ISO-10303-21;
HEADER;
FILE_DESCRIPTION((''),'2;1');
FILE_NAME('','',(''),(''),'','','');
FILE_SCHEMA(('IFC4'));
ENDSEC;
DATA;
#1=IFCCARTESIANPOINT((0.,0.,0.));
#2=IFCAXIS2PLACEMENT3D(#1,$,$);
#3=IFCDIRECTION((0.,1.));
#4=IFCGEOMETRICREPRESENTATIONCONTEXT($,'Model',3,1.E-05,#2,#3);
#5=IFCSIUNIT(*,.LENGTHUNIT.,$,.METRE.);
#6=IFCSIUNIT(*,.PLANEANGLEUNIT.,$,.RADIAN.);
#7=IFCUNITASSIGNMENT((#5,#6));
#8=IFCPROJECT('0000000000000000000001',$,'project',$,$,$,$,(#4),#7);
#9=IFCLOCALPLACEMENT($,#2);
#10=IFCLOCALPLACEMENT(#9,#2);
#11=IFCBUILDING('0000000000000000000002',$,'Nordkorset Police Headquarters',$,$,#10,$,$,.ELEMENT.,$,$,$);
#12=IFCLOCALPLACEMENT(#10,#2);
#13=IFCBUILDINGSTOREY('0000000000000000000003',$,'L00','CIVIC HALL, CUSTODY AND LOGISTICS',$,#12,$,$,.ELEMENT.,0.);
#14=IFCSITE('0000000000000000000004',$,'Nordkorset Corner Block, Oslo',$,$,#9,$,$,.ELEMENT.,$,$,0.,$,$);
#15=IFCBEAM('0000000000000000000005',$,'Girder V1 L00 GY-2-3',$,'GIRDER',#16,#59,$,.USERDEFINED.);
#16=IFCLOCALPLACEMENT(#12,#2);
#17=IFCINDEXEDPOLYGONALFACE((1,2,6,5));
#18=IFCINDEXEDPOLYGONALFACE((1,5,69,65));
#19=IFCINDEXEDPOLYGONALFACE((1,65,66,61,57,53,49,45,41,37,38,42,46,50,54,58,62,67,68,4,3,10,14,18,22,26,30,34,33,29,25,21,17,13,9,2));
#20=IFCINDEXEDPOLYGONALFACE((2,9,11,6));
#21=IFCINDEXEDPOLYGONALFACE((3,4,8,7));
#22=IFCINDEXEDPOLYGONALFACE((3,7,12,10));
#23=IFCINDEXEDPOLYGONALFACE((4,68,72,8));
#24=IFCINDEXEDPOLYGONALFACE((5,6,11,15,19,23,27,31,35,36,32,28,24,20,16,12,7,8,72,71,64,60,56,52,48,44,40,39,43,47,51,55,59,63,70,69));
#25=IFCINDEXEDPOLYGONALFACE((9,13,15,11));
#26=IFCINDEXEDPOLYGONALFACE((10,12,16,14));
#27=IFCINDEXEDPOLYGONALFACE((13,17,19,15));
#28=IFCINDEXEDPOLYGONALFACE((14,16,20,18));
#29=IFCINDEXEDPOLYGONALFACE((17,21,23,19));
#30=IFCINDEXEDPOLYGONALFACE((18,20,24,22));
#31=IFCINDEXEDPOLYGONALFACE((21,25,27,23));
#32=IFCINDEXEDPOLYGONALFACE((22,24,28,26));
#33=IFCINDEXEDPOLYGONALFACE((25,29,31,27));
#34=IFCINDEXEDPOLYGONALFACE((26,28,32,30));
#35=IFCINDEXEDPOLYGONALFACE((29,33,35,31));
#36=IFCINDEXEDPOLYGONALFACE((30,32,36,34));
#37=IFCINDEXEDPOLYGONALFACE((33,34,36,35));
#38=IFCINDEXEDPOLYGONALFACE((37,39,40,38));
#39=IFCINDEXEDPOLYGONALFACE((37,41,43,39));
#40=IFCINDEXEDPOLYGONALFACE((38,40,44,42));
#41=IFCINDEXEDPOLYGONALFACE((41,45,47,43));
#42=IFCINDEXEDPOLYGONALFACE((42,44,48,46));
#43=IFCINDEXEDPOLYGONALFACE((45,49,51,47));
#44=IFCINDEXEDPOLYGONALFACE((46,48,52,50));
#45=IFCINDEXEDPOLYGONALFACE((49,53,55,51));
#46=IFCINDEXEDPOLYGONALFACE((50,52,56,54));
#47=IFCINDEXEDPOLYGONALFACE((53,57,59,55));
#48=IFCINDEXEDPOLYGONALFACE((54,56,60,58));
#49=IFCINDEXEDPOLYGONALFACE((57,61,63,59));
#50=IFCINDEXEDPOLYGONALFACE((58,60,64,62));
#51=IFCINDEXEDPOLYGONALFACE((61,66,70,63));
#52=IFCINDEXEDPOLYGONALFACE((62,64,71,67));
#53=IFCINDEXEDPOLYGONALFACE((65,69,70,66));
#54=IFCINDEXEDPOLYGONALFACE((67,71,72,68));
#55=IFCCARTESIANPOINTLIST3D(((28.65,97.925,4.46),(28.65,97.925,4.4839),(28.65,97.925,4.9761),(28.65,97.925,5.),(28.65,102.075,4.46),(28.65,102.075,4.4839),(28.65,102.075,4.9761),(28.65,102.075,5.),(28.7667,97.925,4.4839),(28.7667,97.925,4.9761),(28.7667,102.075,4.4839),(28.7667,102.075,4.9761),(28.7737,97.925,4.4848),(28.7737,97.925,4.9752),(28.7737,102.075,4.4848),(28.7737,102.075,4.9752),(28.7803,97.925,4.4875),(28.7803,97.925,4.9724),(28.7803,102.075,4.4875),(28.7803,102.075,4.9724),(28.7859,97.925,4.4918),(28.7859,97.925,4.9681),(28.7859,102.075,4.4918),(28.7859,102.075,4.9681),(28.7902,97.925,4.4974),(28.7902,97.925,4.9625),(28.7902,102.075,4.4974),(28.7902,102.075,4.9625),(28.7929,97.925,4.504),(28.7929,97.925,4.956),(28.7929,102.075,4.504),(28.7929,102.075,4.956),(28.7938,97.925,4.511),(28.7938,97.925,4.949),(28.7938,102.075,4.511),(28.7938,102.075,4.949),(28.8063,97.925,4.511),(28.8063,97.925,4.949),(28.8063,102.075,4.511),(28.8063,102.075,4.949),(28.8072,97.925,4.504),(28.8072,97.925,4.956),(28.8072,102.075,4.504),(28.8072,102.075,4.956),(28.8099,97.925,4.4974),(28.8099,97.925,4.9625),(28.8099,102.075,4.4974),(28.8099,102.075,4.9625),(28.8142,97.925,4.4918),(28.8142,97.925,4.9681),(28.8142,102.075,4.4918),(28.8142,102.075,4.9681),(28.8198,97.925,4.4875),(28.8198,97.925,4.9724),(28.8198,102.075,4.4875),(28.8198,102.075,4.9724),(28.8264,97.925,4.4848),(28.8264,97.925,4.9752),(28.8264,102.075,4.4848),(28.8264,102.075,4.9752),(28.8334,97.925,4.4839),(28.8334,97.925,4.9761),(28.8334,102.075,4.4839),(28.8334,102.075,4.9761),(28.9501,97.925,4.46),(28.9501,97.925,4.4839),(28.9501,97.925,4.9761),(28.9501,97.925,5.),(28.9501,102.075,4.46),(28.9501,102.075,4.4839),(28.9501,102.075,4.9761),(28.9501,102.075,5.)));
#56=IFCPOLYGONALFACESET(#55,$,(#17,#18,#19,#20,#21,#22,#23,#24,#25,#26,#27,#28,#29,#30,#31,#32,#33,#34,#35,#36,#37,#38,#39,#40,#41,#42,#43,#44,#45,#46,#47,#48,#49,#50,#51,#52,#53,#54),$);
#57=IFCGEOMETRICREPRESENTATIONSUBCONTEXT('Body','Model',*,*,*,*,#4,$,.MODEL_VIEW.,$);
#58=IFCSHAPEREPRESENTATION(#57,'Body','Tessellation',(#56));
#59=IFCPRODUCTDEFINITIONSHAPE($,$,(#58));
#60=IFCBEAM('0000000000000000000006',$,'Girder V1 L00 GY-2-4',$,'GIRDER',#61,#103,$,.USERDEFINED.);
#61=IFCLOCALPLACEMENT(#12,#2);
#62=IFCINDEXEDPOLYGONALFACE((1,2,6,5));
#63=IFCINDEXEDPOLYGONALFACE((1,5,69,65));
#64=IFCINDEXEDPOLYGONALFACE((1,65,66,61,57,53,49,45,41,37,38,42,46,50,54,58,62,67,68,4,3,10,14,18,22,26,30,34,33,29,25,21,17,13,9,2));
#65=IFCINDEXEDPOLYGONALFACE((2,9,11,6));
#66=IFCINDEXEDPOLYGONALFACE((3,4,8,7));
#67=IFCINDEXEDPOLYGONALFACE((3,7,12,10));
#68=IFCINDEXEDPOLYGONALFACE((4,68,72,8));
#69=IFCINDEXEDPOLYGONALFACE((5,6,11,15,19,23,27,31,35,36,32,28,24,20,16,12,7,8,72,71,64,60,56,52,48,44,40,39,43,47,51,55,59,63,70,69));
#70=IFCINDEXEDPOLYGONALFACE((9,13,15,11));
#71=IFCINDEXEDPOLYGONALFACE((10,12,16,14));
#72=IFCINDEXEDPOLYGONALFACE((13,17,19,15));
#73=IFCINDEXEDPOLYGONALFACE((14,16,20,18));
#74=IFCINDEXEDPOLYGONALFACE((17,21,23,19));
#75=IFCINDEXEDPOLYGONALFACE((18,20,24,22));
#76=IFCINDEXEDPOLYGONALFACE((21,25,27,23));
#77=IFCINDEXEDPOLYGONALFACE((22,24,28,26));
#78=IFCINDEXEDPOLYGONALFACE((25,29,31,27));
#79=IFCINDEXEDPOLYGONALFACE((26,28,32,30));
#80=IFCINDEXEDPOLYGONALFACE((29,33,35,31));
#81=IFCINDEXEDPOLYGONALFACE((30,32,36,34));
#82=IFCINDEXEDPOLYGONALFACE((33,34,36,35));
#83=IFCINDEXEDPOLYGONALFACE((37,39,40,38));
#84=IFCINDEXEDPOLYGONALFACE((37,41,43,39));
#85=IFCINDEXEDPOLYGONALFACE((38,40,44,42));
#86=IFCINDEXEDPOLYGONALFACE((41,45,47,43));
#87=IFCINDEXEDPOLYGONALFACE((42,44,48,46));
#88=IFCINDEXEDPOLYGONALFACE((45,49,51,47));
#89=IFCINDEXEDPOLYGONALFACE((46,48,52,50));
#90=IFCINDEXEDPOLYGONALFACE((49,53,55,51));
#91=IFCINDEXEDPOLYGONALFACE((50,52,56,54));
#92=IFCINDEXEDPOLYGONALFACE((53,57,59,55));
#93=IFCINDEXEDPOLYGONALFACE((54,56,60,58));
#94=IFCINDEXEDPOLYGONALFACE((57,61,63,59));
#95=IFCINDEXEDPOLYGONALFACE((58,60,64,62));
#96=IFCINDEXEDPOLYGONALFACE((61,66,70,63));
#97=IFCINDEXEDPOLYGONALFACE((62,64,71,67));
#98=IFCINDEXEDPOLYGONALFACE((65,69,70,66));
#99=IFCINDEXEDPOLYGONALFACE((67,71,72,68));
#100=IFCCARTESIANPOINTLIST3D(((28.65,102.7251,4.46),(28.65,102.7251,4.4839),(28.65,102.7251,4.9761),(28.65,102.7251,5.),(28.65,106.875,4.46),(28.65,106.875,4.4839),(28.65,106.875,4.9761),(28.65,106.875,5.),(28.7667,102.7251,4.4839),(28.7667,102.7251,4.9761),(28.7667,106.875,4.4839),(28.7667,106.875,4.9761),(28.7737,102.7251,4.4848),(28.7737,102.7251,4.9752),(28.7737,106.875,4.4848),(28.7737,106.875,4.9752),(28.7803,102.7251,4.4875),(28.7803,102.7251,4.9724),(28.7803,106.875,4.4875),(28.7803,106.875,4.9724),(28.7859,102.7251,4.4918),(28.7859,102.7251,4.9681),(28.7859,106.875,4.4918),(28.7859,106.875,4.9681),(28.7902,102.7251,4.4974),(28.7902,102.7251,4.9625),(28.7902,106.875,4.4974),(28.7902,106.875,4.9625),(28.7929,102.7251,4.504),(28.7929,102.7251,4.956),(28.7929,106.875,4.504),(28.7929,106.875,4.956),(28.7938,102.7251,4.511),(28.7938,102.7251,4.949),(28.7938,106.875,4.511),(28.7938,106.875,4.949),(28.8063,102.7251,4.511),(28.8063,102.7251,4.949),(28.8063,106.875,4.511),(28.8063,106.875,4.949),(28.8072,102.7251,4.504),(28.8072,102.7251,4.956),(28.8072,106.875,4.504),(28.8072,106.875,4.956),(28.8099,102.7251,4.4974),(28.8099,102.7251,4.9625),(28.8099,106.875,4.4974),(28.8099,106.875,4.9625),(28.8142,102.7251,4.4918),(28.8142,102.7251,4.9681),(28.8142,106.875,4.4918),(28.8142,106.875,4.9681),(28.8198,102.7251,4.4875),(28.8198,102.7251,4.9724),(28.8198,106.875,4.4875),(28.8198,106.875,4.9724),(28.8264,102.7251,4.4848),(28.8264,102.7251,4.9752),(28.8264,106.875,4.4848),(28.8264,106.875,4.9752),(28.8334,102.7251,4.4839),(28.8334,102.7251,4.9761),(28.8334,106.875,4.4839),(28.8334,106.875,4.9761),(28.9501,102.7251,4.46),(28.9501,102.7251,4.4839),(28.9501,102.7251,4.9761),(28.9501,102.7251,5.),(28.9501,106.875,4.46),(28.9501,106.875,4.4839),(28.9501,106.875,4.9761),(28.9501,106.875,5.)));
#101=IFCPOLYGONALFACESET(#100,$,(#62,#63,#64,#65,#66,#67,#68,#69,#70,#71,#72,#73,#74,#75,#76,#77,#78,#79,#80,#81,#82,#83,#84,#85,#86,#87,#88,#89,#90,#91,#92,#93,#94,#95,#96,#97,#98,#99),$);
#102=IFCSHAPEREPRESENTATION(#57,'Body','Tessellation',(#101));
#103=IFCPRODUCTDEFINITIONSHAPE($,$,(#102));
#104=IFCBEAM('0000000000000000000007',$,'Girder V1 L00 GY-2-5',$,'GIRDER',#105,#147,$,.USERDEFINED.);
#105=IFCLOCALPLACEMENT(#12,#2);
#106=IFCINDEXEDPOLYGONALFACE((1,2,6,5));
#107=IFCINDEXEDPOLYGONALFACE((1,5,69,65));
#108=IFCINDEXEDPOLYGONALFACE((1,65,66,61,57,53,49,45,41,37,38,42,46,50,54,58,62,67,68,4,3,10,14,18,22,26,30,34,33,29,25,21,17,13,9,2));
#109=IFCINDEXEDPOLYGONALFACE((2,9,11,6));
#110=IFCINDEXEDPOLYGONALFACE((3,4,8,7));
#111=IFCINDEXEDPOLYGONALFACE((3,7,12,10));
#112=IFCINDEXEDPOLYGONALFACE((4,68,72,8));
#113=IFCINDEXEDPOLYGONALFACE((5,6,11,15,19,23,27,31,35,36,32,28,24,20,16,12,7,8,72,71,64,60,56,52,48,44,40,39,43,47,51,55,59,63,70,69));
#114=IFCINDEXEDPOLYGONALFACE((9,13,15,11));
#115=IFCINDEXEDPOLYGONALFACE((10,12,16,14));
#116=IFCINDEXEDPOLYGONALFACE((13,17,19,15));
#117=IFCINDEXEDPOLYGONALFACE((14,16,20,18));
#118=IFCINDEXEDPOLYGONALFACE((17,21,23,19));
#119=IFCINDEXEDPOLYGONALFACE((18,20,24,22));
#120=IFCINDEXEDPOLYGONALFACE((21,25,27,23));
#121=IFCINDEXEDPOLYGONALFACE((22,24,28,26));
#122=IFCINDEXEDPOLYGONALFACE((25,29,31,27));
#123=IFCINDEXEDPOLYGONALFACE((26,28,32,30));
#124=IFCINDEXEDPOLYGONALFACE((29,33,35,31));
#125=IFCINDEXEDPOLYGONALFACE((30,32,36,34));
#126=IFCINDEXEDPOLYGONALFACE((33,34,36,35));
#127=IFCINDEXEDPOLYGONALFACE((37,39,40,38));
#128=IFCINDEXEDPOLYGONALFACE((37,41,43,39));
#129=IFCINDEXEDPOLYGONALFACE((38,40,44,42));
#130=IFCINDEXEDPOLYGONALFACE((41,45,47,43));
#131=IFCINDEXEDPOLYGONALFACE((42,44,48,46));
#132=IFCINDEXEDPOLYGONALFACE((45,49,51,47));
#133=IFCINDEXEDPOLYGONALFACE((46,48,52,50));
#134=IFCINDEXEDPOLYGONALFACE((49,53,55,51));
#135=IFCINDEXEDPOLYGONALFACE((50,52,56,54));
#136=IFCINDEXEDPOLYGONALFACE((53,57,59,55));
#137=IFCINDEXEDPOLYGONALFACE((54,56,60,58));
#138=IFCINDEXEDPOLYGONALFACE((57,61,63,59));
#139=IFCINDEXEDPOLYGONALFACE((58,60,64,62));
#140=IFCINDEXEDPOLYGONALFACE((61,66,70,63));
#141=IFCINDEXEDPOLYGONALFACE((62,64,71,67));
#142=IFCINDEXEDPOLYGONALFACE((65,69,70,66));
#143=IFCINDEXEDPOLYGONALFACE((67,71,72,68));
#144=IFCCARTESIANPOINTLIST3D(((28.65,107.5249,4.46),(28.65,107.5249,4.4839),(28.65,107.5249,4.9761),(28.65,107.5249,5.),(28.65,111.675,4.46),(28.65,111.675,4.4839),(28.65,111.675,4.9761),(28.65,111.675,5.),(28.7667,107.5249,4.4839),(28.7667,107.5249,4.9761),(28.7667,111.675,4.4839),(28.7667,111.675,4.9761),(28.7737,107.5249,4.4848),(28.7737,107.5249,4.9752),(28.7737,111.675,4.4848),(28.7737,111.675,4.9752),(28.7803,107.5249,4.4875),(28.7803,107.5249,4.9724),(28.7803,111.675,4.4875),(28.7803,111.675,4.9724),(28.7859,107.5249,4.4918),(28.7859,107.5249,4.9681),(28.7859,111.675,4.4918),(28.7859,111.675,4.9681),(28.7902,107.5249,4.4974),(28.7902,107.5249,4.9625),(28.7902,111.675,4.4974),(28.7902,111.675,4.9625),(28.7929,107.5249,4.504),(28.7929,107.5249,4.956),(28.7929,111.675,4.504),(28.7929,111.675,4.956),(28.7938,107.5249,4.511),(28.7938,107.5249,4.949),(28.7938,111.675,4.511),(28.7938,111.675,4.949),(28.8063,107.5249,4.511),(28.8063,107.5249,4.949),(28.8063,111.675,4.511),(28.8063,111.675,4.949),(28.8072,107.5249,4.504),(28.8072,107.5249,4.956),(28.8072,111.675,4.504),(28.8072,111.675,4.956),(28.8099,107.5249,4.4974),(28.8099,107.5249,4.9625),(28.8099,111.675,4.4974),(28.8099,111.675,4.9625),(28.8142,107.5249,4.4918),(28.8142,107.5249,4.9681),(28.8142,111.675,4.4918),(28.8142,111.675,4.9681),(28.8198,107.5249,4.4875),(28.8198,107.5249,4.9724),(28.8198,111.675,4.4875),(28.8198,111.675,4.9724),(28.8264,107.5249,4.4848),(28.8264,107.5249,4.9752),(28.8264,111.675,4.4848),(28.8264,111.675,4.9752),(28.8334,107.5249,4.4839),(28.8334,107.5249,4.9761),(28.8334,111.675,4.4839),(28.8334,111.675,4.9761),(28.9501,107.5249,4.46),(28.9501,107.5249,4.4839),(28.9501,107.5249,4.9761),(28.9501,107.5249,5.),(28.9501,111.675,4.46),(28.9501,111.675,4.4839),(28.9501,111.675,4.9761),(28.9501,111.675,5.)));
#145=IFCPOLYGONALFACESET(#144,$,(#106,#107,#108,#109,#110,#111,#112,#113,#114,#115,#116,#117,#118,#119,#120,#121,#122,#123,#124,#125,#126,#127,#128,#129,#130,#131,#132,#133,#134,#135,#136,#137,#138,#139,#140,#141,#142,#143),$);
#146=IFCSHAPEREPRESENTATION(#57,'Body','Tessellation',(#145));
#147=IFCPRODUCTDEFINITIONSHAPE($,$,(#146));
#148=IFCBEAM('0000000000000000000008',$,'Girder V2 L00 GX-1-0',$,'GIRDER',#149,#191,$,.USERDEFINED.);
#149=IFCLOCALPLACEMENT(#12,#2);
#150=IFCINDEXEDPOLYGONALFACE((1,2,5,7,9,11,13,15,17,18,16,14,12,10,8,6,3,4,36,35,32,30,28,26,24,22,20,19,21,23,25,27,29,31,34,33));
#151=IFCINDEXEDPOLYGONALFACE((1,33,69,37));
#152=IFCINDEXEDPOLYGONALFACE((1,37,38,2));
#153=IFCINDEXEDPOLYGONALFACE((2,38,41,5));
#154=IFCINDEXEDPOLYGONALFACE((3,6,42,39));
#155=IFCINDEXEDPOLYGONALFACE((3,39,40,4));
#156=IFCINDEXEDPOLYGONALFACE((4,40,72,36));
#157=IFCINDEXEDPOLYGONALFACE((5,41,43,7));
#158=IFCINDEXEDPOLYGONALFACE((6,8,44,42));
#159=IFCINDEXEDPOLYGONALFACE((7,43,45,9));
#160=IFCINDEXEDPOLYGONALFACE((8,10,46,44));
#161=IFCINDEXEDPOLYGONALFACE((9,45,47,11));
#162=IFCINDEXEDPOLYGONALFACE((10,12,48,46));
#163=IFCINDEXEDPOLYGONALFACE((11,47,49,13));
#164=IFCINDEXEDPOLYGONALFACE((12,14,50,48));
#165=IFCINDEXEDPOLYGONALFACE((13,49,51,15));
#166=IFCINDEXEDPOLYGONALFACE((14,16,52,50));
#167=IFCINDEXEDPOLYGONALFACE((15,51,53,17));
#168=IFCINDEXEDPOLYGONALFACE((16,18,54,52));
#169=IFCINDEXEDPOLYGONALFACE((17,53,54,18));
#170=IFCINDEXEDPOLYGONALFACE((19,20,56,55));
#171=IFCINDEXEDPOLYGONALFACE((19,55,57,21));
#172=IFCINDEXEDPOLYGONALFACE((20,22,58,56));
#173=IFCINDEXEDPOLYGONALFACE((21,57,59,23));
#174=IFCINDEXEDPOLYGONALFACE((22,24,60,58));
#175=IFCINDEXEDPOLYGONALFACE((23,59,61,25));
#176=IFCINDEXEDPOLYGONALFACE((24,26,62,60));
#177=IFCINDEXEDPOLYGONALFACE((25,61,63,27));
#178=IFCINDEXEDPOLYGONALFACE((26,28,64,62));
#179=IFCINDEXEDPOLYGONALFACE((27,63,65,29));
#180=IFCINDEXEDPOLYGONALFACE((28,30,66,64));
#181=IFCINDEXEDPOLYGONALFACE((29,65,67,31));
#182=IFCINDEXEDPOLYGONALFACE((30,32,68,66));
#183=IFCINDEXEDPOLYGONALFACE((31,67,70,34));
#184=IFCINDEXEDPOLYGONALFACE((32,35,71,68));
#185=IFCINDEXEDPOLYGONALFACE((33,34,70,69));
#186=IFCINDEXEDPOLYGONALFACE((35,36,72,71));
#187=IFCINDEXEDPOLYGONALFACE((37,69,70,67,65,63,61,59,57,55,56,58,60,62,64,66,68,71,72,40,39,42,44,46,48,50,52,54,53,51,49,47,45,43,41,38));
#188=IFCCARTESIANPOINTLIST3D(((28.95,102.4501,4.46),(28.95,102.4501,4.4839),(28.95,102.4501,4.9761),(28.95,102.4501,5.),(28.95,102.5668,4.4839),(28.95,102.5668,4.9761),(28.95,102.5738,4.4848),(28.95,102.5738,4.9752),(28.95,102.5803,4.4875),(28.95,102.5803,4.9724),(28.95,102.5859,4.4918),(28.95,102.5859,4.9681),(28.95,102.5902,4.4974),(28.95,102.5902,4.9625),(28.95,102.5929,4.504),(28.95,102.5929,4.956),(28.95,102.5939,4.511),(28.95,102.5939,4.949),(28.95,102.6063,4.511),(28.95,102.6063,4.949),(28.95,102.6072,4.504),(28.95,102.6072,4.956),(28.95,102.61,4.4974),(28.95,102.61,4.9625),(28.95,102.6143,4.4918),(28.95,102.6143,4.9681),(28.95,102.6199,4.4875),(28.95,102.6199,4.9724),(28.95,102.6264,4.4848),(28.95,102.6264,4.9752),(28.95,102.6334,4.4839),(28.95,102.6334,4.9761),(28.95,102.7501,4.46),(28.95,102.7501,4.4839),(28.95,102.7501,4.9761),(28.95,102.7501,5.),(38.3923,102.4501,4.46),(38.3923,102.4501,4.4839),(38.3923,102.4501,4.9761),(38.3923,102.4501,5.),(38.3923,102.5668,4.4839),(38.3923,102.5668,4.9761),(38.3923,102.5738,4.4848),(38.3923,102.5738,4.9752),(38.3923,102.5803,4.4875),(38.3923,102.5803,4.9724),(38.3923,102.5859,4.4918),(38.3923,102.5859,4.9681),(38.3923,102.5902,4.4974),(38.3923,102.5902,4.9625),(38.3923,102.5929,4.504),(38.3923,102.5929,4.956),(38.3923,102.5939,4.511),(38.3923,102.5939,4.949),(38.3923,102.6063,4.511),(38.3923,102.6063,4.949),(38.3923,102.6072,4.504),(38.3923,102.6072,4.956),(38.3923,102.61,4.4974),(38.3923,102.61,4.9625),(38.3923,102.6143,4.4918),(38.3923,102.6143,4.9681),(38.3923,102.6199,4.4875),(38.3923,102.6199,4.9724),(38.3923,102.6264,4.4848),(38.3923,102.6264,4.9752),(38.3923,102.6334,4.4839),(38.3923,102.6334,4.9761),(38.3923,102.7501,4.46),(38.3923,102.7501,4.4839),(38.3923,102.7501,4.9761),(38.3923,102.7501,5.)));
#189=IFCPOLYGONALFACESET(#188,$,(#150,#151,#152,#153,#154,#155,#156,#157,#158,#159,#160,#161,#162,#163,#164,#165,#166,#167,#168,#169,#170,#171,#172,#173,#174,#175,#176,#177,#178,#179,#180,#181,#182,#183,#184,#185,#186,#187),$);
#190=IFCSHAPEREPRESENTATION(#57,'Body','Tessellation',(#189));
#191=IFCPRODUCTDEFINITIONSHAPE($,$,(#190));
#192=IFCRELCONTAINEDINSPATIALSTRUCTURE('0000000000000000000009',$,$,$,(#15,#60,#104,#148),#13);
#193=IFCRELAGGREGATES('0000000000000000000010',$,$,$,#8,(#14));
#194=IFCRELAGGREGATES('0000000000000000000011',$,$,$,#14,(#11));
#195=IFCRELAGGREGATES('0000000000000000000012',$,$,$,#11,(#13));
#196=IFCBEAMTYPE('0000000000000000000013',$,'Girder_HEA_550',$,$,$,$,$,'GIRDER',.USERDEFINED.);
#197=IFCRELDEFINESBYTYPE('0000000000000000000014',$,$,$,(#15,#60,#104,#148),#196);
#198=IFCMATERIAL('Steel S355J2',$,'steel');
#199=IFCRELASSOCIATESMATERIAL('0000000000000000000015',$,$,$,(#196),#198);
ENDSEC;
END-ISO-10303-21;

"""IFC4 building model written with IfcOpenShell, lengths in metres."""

from ifc_helpers import new_model, si_unit, direction, frame, origin, origin_2d, place, context, subcontext, project, spatial, i_section, extrude, material, material_profile, profile_set, type_object, element, save


model = new_model("IFC4")

# Units and contexts
model_context = context("Model", 3, precision=1e-05, world=origin(), true_north=direction((0.0, 1.0)))
body_context = subcontext(model_context, "Body", "Model", "MODEL_VIEW")
ifc_project = project(units=[si_unit("LENGTHUNIT", "METRE"), si_unit("PLANEANGLEUNIT", "RADIAN")], contexts=[model_context])

# Site, building, storey
site_placement = place(None, origin())
site = spatial("IfcSite", under=ifc_project, at=site_placement, Name="Nordkorset Corner Block, Oslo", CompositionType="ELEMENT", RefElevation=0.0)
building_placement = place(site_placement, origin())
building = spatial("IfcBuilding", under=site, at=building_placement, Name="Nordkorset Police Headquarters", CompositionType="ELEMENT")
storey_placement = place(building_placement, origin())
storey = spatial("IfcBuildingStorey", under=building, at=storey_placement, Name="L00", Description="CIVIC HALL, CUSTODY AND LOGISTICS", CompositionType="ELEMENT", Elevation=0.0)

# Beams
ifc_material_1 = material(Name="Steel S355J2", Category="steel")
ifc_material_profile_1 = material_profile(ifc_material_1, i_section(OverallWidth=0.3, OverallDepth=0.54, WebThickness=0.0125, FlangeThickness=0.0239, FilletRadius=0.0271, at=origin_2d()), Name="HEA 550")
ifc_profile_set_1 = profile_set([ifc_material_profile_1], Name="Steel S355J2")
beam_type_1 = type_object("IfcBeamType", Name="Girder_HEA_550", ElementType="GIRDER", PredefinedType="USERDEFINED", material=ifc_profile_set_1)
for number, where, z_axis, x_axis, name in (
    (1, (28.8, 97.925, 4.73), (0.0, 1.0, 0.0), (-1.0, 0.0, 0.0), "Girder V1 L00 GY-2-3"),
    (2, (28.8, 102.7251, 4.73), (0.0, 1.0, 0.0), (-1.0, 0.0, 0.0), "Girder V1 L00 GY-2-4"),
):
    element("IfcBeam", number, at=place(storey_placement, frame(where, z_axis=z_axis, x_axis=x_axis)), inside=storey, type_object=beam_type_1, Name=name, ObjectType="GIRDER", PredefinedType="USERDEFINED", context=body_context, shape_type="SweptSolid", body=[
        extrude(i_section(OverallWidth=0.3, OverallDepth=0.54, WebThickness=0.0125, FlangeThickness=0.0239, FilletRadius=0.0271, at=origin_2d()), origin(), (0.0, 0.0, 1.0), 4.1499),
    ])
beam_1_placement = place(storey_placement, frame((28.8, 107.5249, 4.73), z_axis=(0.0, 1.0, 0.0), x_axis=(-1.0, 0.0, 0.0)))
element("IfcBeam", 3, at=beam_1_placement, inside=storey, type_object=beam_type_1, Name="Girder V1 L00 GY-2-5", ObjectType="GIRDER", PredefinedType="USERDEFINED", context=body_context, shape_type="SweptSolid", body=[
    extrude(i_section(OverallWidth=0.3, OverallDepth=0.54, WebThickness=0.0125, FlangeThickness=0.0239, FilletRadius=0.0271, at=origin_2d()), origin(), (0.0, 0.0, 1.0), 4.1501),
])
beam_2_placement = place(storey_placement, frame((28.95, 102.6001, 4.73), z_axis=(1.0, 0.0, 0.0), x_axis=(0.0, 1.0, 0.0)))
element("IfcBeam", 4, at=beam_2_placement, inside=storey, type_object=beam_type_1, Name="Girder V2 L00 GX-1-0", ObjectType="GIRDER", PredefinedType="USERDEFINED", context=body_context, shape_type="SweptSolid", body=[
    extrude(i_section(OverallWidth=0.3, OverallDepth=0.54, WebThickness=0.0125, FlangeThickness=0.0239, FilletRadius=0.0271, at=origin_2d()), origin(), (0.0, 0.0, 1.0), 9.4424),
])

save(model, "model.ifc")
